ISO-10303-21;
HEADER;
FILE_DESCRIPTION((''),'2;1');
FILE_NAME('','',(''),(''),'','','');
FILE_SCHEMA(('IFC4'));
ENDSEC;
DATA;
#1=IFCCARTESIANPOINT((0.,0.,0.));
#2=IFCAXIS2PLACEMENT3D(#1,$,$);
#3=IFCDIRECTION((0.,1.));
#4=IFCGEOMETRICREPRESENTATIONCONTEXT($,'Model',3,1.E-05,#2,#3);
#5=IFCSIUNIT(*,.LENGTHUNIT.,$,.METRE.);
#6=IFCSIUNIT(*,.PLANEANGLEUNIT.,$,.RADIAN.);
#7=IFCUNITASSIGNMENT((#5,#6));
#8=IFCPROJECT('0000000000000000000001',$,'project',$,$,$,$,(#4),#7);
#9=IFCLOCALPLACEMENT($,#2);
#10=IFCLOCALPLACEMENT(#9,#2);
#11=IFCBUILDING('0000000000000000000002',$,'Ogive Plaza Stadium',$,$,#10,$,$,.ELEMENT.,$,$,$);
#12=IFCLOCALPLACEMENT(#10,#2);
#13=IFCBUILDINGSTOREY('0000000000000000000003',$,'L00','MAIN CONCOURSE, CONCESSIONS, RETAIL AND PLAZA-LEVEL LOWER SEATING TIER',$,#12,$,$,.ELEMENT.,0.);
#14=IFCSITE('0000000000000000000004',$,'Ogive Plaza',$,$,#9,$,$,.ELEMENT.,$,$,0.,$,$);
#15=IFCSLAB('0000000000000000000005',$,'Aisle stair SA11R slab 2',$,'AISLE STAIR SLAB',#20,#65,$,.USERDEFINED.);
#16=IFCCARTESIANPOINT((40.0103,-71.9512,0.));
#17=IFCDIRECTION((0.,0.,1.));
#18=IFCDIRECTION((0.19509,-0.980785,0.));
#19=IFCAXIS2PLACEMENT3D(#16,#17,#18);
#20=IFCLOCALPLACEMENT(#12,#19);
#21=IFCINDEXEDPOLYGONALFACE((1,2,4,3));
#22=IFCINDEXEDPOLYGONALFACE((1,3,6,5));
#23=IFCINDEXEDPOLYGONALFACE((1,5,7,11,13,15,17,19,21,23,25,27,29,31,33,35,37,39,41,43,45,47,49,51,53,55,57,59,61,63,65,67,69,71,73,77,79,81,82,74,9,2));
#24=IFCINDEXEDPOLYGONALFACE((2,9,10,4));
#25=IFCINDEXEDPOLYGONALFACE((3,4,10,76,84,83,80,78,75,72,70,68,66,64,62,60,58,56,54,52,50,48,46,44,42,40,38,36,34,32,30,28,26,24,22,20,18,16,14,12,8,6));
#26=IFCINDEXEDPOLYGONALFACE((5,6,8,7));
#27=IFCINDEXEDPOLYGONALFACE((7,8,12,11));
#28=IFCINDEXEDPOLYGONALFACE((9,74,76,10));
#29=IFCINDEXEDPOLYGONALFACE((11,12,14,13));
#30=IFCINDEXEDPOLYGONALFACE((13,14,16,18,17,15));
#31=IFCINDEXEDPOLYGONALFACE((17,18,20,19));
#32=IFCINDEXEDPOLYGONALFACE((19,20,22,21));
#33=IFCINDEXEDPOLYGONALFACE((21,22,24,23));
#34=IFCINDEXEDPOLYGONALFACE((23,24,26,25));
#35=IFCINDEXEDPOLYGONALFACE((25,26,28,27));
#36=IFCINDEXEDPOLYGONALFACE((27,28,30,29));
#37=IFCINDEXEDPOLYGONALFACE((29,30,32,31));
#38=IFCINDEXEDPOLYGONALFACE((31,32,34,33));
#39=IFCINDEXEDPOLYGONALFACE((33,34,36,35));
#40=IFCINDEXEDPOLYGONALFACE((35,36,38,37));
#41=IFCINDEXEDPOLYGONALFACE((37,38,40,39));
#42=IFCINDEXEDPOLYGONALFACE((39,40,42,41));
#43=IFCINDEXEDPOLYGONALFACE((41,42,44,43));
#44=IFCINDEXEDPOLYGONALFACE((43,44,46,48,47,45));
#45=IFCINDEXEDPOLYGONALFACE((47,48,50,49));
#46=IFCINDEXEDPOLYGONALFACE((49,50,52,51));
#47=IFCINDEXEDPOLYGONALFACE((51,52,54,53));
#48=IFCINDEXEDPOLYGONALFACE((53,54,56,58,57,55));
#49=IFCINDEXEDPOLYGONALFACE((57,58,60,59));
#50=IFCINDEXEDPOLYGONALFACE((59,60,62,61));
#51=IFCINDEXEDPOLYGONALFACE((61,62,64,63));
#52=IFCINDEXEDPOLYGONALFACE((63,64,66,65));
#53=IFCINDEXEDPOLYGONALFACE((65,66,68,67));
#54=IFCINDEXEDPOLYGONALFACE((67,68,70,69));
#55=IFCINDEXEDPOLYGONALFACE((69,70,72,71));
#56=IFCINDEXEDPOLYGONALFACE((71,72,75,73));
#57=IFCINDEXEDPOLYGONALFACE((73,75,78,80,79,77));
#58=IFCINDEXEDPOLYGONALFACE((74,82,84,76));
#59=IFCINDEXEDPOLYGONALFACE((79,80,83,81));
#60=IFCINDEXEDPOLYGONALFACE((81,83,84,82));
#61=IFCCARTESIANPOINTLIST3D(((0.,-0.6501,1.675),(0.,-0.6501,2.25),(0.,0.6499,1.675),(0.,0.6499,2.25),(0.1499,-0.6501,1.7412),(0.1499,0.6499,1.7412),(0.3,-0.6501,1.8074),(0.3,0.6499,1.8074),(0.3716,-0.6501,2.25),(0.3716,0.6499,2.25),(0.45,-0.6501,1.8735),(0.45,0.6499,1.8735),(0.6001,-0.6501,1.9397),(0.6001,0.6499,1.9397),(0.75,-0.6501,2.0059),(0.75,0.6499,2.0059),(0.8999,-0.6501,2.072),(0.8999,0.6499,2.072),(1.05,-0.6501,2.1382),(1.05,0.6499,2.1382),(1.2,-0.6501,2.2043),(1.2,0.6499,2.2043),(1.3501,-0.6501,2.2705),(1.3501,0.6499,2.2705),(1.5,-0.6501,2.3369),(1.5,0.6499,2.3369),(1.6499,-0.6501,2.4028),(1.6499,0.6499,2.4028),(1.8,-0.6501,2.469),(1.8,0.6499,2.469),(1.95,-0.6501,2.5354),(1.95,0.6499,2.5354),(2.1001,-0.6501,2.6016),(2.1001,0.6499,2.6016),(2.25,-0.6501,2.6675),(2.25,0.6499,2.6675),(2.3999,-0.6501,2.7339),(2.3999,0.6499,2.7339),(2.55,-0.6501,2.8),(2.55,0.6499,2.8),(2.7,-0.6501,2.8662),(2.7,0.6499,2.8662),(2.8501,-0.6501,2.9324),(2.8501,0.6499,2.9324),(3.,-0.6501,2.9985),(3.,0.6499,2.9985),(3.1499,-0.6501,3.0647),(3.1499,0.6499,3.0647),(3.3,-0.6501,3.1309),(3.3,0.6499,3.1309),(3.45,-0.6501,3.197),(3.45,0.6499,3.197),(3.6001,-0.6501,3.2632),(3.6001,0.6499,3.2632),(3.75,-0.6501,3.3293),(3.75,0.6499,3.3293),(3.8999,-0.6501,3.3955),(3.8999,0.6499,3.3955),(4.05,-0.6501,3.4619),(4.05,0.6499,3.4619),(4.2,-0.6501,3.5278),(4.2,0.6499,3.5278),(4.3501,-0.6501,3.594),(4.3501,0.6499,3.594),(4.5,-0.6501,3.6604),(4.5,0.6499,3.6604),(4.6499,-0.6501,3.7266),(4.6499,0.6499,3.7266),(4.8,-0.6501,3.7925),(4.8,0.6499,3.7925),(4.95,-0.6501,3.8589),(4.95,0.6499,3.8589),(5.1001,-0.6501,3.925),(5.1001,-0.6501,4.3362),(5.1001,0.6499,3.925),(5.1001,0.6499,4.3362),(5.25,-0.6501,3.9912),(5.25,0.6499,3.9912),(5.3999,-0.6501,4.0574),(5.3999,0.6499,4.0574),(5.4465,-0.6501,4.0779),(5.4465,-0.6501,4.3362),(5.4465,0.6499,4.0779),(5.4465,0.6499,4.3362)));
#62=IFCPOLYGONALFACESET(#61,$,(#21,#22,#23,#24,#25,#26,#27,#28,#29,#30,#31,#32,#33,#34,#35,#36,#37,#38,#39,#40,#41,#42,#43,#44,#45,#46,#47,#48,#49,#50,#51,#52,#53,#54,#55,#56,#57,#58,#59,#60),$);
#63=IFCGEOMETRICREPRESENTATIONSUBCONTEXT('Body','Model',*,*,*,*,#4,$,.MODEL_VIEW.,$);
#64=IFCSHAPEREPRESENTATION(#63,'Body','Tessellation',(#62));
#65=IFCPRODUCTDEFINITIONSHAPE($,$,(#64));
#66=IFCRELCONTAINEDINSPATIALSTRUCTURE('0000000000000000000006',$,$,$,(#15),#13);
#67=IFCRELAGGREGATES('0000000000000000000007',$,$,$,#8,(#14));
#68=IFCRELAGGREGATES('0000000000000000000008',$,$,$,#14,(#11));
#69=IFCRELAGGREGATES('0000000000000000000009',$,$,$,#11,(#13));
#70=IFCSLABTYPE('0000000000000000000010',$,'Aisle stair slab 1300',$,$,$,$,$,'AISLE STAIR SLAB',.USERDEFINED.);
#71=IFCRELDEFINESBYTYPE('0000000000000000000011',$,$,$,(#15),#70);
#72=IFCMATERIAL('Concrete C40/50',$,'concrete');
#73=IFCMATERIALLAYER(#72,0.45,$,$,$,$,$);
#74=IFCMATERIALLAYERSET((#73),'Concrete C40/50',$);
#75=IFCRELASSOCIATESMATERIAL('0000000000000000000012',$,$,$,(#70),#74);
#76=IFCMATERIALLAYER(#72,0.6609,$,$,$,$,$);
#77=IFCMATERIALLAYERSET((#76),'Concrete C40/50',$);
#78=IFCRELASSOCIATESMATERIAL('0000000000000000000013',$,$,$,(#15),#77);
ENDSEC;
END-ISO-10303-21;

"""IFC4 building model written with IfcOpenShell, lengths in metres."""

from ifc_helpers import new_model, si_unit, direction, frame, origin, place, context, subcontext, project, spatial, polyline, outline, extrude, material, layer, layer_set, type_object, element, save


model = new_model("IFC4")

# Units and contexts
model_context = context("Model", 3, precision=1e-05, world=origin(), true_north=direction((0.0, 1.0)))
body_context = subcontext(model_context, "Body", "Model", "MODEL_VIEW")
ifc_project = project(units=[si_unit("LENGTHUNIT", "METRE"), si_unit("PLANEANGLEUNIT", "RADIAN")], contexts=[model_context])

# Site, building, storey
site_placement = place(None, origin())
site = spatial("IfcSite", under=ifc_project, at=site_placement, Name="Ogive Plaza", CompositionType="ELEMENT", RefElevation=0.0)
building_placement = place(site_placement, origin())
building = spatial("IfcBuilding", under=site, at=building_placement, Name="Ogive Plaza Stadium", CompositionType="ELEMENT")
storey_placement = place(building_placement, origin())
storey = spatial("IfcBuildingStorey", under=building, at=storey_placement, Name="L00", Description="MAIN CONCOURSE, CONCESSIONS, RETAIL AND PLAZA-LEVEL LOWER SEATING TIER", CompositionType="ELEMENT", Elevation=0.0)

# Slab
ifc_material_1 = material(Name="Concrete C40/50", Category="concrete")
ifc_layer_1 = layer(ifc_material_1, 0.45)
ifc_layer_set_1 = layer_set([ifc_layer_1], Name="Concrete C40/50")
slab_type = type_object("IfcSlabType", Name="Aisle stair slab 1300", ElementType="AISLE STAIR SLAB", PredefinedType="USERDEFINED", material=ifc_layer_set_1)
ifc_layer_2 = layer(ifc_material_1, 0.6609)
ifc_layer_set_2 = layer_set([ifc_layer_2], Name="Concrete C40/50")
slab_1_placement = place(storey_placement, frame((40.0103, -71.9512, 0.0), z_axis=(0.0, 0.0, 1.0), x_axis=(0.19509, -0.980785, 0.0)))
element("IfcSlab", 1, at=slab_1_placement, inside=storey, type_object=slab_type, material=ifc_layer_set_2, Name="Aisle stair SA11R slab 2", ObjectType="AISLE STAIR SLAB", PredefinedType="USERDEFINED", context=body_context, shape_type="SweptSolid", body=[
    extrude(outline(polyline([(0.0, 2.25), (0.3716, 2.25), (5.1001, 4.3362), (5.4465, 4.3362), (5.4465, 4.0779), (5.3999, 4.0574), (5.25, 3.9912), (5.1001, 3.925), (4.95, 3.8589), (4.8, 3.7925), (4.6499, 3.7266), (4.5, 3.6604), (4.3501, 3.594), (4.2, 3.5278), (4.05, 3.4619), (3.8999, 3.3955), (3.75, 3.3293), (3.6001, 3.2632), (3.45, 3.197), (3.3, 3.1309), (3.1499, 3.0647), (3.0, 2.9985), (2.8501, 2.9324), (2.7, 2.8662), (2.55, 2.8), (2.3999, 2.7339), (2.25, 2.6675), (2.1001, 2.6016), (1.95, 2.5354), (1.8, 2.469), (1.6499, 2.4028), (1.5, 2.3369), (1.3501, 2.2705), (1.2, 2.2043), (1.05, 2.1382), (0.8999, 2.072), (0.75, 2.0059), (0.6001, 1.9397), (0.45, 1.8735), (0.3, 1.8074), (0.1499, 1.7412), (0.0, 1.675), (0.0, 2.25)])), frame((0.0, 0.6499, 0.0), z_axis=(0.0, -1.0, 0.0), x_axis=(1.0, 0.0, 0.0)), (0.0, 0.0, 1.0), 1.3),
])

save(model, "model.ifc")
